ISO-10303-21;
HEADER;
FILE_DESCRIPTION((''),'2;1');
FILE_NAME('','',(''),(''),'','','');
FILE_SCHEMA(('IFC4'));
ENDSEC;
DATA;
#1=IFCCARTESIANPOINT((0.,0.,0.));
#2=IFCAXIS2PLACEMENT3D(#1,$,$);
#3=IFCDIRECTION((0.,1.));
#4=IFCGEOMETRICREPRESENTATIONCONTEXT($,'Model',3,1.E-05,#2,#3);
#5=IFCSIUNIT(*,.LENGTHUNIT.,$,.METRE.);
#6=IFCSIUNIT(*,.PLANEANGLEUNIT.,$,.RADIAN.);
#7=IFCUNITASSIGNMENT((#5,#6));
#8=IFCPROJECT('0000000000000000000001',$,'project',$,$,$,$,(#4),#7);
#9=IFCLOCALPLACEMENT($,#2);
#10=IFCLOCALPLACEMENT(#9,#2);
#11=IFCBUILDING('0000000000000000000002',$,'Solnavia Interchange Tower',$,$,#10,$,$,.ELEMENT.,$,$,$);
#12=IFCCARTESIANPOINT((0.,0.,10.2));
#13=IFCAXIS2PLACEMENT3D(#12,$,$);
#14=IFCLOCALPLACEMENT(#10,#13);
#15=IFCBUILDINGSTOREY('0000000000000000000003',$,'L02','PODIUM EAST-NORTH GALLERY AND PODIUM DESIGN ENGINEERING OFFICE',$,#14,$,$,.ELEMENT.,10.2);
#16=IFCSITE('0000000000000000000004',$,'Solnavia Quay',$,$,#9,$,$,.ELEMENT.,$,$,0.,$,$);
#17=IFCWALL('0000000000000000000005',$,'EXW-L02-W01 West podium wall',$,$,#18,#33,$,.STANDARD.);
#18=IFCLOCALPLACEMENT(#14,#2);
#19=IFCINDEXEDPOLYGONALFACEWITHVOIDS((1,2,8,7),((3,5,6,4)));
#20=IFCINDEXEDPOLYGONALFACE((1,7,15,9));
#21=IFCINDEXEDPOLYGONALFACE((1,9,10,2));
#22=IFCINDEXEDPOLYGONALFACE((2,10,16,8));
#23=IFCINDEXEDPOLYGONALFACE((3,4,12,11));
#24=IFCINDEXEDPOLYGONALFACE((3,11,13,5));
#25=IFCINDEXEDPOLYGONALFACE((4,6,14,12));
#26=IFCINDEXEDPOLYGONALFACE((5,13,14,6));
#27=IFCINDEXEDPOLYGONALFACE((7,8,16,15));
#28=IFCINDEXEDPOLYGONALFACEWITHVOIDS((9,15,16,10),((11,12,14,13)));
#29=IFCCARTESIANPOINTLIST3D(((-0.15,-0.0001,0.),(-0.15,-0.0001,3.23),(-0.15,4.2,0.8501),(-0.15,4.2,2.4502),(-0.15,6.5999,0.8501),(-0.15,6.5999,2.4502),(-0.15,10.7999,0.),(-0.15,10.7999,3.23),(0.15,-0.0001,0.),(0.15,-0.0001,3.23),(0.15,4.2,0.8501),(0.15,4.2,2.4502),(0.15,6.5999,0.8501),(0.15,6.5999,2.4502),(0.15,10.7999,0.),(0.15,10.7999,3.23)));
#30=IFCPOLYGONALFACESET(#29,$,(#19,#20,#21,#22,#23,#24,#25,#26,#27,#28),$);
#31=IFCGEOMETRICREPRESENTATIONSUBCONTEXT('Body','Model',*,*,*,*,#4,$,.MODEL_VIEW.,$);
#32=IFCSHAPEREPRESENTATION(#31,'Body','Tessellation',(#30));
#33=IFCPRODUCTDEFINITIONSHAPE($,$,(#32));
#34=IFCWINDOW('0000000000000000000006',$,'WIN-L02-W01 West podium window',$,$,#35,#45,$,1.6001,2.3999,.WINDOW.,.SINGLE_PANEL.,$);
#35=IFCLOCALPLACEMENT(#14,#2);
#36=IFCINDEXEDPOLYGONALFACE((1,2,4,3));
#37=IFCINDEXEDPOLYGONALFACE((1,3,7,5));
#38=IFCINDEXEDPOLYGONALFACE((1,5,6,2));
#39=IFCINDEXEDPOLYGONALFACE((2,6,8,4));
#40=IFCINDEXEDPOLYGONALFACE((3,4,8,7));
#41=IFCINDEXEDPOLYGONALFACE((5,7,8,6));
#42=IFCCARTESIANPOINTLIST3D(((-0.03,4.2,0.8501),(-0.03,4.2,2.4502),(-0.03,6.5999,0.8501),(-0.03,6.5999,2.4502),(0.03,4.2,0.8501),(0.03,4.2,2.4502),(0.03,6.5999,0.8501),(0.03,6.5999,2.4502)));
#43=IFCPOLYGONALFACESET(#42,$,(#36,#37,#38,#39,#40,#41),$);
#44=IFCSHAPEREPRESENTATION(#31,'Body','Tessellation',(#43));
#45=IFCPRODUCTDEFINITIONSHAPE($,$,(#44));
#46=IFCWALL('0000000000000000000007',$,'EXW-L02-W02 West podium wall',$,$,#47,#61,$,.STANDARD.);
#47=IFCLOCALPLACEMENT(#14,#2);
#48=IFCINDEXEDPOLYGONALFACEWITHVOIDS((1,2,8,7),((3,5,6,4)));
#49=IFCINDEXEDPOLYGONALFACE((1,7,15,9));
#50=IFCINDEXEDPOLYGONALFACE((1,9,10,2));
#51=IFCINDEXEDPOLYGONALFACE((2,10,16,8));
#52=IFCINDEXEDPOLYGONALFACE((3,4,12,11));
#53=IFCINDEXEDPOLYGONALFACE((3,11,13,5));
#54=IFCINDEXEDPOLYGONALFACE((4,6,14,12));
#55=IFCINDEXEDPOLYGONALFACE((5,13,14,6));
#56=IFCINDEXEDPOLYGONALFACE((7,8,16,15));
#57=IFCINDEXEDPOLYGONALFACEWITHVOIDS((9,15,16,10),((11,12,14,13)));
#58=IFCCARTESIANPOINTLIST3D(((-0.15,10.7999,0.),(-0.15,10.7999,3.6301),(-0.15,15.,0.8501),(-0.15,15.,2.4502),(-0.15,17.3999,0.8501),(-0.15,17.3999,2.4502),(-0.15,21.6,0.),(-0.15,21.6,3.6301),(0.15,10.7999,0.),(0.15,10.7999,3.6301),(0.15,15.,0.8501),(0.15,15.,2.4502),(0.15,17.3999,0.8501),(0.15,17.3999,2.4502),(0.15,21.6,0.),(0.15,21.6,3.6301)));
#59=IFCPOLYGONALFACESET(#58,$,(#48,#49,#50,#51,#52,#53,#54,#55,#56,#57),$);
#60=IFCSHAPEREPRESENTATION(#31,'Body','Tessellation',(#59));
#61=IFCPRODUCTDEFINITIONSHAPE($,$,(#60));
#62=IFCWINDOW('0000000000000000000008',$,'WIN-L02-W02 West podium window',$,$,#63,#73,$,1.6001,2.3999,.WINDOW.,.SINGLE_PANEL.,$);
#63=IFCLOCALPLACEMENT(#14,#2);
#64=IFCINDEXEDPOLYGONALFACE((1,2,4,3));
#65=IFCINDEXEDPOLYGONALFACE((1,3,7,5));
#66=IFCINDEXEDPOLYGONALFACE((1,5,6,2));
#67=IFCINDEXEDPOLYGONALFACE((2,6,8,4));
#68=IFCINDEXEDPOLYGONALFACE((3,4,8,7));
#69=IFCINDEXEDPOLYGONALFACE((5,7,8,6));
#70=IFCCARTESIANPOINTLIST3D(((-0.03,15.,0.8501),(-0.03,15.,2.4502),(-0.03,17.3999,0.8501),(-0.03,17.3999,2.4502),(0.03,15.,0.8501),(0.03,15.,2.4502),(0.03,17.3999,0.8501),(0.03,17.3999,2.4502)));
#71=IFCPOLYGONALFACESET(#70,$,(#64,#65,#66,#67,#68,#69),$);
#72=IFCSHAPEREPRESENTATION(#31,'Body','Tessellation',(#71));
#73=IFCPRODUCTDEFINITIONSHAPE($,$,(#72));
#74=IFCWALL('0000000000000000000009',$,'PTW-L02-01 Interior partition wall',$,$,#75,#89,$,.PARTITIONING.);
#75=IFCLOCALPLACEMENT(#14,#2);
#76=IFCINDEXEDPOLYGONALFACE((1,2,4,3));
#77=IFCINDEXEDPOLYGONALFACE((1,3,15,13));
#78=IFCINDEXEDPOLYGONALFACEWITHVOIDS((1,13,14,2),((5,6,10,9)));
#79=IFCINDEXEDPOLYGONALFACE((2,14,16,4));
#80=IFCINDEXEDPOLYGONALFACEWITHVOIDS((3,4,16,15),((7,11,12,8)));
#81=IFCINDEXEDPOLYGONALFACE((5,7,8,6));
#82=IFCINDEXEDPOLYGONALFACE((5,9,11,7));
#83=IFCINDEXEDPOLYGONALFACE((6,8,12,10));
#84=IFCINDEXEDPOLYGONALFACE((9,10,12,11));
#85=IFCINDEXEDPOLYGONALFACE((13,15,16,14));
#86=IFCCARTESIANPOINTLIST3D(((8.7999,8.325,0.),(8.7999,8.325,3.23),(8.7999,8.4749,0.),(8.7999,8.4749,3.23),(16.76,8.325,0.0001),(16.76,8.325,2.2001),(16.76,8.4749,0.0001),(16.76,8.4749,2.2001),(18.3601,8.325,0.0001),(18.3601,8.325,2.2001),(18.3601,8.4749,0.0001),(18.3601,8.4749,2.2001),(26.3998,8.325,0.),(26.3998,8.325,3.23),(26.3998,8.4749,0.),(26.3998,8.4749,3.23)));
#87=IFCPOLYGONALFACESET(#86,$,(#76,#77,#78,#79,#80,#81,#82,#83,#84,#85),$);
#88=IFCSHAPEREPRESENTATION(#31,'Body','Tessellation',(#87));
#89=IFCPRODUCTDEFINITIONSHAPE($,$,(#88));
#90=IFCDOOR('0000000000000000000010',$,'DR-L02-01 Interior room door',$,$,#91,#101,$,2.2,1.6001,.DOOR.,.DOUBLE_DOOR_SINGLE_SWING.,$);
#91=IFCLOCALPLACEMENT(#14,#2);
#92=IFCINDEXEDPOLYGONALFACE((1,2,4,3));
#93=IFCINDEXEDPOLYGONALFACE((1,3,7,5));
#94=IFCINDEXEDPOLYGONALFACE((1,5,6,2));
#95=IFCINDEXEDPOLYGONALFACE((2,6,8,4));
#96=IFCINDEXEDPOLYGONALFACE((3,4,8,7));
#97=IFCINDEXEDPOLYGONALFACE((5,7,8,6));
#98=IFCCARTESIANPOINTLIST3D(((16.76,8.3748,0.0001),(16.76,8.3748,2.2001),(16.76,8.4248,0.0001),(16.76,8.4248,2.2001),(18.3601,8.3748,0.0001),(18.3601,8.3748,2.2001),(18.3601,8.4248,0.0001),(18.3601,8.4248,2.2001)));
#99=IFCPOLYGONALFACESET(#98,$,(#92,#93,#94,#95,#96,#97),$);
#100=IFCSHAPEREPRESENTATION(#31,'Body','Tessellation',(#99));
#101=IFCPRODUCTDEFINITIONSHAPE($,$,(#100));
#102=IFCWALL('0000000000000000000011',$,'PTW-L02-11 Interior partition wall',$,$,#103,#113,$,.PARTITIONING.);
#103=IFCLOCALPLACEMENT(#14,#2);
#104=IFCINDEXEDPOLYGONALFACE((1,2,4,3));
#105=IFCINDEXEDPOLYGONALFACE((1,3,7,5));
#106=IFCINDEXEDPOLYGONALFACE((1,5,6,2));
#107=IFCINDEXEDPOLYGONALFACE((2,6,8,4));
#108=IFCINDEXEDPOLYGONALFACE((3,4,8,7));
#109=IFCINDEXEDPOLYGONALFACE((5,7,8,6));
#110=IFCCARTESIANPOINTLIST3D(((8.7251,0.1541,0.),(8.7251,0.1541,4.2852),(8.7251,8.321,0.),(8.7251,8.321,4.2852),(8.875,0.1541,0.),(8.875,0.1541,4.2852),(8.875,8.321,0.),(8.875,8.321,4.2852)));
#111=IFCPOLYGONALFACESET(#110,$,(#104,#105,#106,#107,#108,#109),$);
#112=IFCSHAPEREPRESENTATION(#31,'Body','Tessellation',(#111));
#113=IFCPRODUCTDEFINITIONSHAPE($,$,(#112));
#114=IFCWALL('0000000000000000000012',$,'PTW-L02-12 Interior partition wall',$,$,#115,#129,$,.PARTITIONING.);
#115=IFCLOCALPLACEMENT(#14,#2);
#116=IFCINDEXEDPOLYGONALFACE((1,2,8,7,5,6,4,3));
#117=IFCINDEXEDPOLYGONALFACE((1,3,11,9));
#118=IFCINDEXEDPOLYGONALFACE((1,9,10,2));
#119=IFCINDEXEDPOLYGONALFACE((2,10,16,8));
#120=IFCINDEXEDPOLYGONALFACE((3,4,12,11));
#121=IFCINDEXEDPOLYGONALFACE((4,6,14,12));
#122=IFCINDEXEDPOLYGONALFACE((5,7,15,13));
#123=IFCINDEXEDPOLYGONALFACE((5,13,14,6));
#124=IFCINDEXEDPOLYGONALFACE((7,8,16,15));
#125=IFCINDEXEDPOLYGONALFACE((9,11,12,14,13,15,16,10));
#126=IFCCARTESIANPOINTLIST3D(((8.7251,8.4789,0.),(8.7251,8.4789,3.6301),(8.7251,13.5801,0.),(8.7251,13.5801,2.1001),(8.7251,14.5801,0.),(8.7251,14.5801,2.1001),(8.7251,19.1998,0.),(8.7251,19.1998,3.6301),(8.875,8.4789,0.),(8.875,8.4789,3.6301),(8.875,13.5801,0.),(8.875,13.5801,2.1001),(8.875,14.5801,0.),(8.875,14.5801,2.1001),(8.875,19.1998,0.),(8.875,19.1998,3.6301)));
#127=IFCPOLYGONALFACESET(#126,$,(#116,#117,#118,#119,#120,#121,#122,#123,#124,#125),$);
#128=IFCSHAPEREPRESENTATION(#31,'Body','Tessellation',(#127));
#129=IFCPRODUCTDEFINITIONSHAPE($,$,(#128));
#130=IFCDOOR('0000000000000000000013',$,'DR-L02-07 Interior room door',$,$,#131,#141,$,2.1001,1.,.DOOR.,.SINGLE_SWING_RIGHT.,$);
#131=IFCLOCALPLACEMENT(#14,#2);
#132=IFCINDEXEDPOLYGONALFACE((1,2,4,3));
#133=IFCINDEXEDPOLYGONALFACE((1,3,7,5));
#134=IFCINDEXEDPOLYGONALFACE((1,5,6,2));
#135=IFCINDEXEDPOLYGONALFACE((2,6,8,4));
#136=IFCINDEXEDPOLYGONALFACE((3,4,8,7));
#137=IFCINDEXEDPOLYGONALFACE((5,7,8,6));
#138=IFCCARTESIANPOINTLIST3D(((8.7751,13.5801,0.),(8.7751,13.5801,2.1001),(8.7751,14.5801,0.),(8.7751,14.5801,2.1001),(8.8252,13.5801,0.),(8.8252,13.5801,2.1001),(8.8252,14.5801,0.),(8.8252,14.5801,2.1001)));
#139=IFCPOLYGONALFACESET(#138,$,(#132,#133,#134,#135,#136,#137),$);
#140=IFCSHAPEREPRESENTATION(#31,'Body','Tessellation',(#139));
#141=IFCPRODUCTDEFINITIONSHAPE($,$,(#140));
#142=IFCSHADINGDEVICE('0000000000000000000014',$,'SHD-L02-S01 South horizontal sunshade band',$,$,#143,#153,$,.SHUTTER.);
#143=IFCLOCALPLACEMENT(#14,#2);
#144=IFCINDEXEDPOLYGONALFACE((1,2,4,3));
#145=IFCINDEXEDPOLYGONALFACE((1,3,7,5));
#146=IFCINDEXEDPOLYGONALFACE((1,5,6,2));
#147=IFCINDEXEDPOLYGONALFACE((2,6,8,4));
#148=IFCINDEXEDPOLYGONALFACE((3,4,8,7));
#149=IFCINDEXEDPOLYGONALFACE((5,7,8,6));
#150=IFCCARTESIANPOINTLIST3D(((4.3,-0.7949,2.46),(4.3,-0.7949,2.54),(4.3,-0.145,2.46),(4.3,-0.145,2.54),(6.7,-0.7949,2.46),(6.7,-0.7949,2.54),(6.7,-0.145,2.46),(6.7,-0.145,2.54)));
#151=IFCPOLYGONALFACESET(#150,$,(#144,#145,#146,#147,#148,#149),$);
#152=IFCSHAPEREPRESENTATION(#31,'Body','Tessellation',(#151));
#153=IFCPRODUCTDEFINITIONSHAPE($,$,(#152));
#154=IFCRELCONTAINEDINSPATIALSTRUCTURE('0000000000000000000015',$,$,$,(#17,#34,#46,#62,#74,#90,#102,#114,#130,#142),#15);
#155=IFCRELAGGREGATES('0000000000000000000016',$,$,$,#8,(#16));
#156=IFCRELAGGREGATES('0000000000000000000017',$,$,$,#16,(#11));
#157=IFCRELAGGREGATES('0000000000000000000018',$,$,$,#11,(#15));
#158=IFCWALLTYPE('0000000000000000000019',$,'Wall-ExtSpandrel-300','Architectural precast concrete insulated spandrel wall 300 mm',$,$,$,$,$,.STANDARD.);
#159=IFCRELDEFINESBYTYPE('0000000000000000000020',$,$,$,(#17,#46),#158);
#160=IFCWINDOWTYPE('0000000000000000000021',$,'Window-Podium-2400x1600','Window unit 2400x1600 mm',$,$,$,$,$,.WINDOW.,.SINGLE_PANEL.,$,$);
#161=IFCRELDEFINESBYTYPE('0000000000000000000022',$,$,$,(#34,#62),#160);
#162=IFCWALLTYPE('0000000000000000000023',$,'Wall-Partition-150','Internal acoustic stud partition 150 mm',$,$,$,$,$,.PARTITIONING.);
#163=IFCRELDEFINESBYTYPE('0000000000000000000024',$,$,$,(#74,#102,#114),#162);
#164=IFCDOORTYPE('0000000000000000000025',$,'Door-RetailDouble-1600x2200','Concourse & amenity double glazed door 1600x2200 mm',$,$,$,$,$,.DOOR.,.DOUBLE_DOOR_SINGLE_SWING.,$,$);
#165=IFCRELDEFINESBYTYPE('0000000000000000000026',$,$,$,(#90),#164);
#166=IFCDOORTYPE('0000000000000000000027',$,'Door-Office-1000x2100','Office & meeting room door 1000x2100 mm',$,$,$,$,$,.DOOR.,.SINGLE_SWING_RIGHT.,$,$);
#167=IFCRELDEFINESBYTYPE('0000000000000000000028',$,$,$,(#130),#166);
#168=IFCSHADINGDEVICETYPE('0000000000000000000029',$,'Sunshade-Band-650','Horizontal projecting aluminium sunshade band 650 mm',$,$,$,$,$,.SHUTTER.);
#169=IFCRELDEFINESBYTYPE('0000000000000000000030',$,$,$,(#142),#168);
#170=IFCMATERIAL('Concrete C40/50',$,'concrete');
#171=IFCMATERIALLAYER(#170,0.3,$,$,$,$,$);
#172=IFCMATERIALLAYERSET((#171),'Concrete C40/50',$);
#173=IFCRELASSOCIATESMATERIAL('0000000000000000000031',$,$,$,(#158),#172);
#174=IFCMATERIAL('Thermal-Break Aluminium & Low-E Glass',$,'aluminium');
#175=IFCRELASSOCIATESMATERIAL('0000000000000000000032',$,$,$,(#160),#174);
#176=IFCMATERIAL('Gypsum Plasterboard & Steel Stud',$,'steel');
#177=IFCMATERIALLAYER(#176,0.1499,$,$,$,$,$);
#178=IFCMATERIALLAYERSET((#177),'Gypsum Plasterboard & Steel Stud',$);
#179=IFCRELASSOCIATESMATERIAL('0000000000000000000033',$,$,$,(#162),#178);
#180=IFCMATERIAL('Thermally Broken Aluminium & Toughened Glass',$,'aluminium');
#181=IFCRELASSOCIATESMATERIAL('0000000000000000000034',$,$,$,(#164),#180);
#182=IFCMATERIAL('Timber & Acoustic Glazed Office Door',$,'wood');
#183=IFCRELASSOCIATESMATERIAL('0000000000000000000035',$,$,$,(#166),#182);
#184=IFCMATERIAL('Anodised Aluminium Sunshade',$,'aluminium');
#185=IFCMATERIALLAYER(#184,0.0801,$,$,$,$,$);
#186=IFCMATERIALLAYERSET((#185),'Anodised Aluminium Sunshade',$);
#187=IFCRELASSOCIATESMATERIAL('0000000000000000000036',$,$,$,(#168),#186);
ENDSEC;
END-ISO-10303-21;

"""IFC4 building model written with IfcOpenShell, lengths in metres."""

from ifc_helpers import new_model, si_unit, direction, frame, frame_2d, origin, origin_2d, place, context, subcontext, project, spatial, rectangle, extrude, material, layer, layer_set, type_object, element, fill, save


model = new_model("IFC4")

# Units and contexts
model_context = context("Model", 3, precision=1e-05, world=origin(), true_north=direction((0.0, 1.0)))
body_context = subcontext(model_context, "Body", "Model", "MODEL_VIEW")
ifc_project = project(units=[si_unit("LENGTHUNIT", "METRE"), si_unit("PLANEANGLEUNIT", "RADIAN")], contexts=[model_context])

# Site, building, storey
site_placement = place(None, origin())
site = spatial("IfcSite", under=ifc_project, at=site_placement, Name="Solnavia Quay", CompositionType="ELEMENT", RefElevation=0.0)
building_placement = place(site_placement, origin())
building = spatial("IfcBuilding", under=site, at=building_placement, Name="Solnavia Interchange Tower", CompositionType="ELEMENT")
storey_placement = place(building_placement, frame((0.0, 0.0, 10.2)))
storey = spatial("IfcBuildingStorey", under=building, at=storey_placement, Name="L02", Description="PODIUM EAST-NORTH GALLERY AND PODIUM DESIGN ENGINEERING OFFICE", CompositionType="ELEMENT", Elevation=10.2)

# Shared definitions
ifc_material_1 = material(Name="Concrete C40/50", Category="concrete")

# Walls, openings, windows
ifc_layer_1 = layer(ifc_material_1, 0.3)
ifc_layer_set_1 = layer_set([ifc_layer_1], Name="Concrete C40/50")
wall_type_1 = type_object("IfcWallType", Name="Wall-ExtSpandrel-300", Description="Architectural precast concrete insulated spandrel wall 300 mm", PredefinedType="STANDARD", material=ifc_layer_set_1)
ifc_material_2 = material(Name="Thermal-Break Aluminium & Low-E Glass", Category="aluminium")
window_type = type_object("IfcWindowType", Name="Window-Podium-2400x1600", Description="Window unit 2400x1600 mm", PartitioningType="SINGLE_PANEL", PredefinedType="WINDOW", material=ifc_material_2)
wall_1_placement = place(storey_placement, frame((0.0, 0.0, 0.0), z_axis=(0.0, 0.0, 1.0), x_axis=(0.0, 1.0, 0.0)))
wall_1 = element("IfcWall", 1, at=wall_1_placement, inside=storey, type_object=wall_type_1, Name="EXW-L02-W01 West podium wall", PredefinedType="STANDARD", context=body_context, shape_type="SweptSolid", body=[
    extrude(rectangle(XDim=10.8, YDim=0.3, at=frame_2d((5.3999, 0.0))), origin(), (0.0, 0.0, 1.0), 3.23),
])
opening_1_placement = place(wall_1_placement, frame((4.2, 0.0, 0.8501)))
opening_1 = element("IfcOpeningElement", 2, at=opening_1_placement, cuts=wall_1, PredefinedType="OPENING", context=body_context, shape_type="SweptSolid", body=[
    extrude(rectangle(XDim=2.3999, YDim=1.6001, at=frame_2d((1.2, 0.8))), frame((0.0, 0.1602, 0.0), z_axis=(0.0, -1.0, 0.0), x_axis=(1.0, 0.0, 0.0)), (0.0, 0.0, 1.0), 0.3201),
])
window_1_placement = place(opening_1_placement, origin())
window_1 = element("IfcWindow", 3, at=window_1_placement, inside=storey, type_object=window_type, Name="WIN-L02-W01 West podium window", OverallHeight=1.6001, OverallWidth=2.3999, PartitioningType="SINGLE_PANEL", PredefinedType="WINDOW", context=body_context, shape_type="SweptSolid", body=[
    extrude(rectangle(XDim=2.3999, YDim=1.6001, at=frame_2d((1.2, 0.8))), frame((0.0, 0.03, 0.0), z_axis=(0.0, -1.0, 0.0), x_axis=(1.0, 0.0, 0.0)), (0.0, 0.0, 1.0), 0.0601),
])
fill(opening_1, window_1)
wall_2_placement = place(storey_placement, frame((0.0, 10.8, 0.0), z_axis=(0.0, 0.0, 1.0), x_axis=(0.0, 1.0, 0.0)))
wall_2 = element("IfcWall", 4, at=wall_2_placement, inside=storey, type_object=wall_type_1, Name="EXW-L02-W02 West podium wall", PredefinedType="STANDARD", context=body_context, shape_type="SweptSolid", body=[
    extrude(rectangle(XDim=10.8, YDim=0.3, at=frame_2d((5.3999, 0.0))), origin(), (0.0, 0.0, 1.0), 3.6301),
])
opening_2_placement = place(wall_2_placement, frame((4.2, 0.0, 0.8501)))
opening_2 = element("IfcOpeningElement", 5, at=opening_2_placement, cuts=wall_2, PredefinedType="OPENING", context=body_context, shape_type="SweptSolid", body=[
    extrude(rectangle(XDim=2.3999, YDim=1.6001, at=frame_2d((1.2, 0.8))), frame((0.0, 0.1602, 0.0), z_axis=(0.0, -1.0, 0.0), x_axis=(1.0, 0.0, 0.0)), (0.0, 0.0, 1.0), 0.3201),
])
window_2_placement = place(opening_2_placement, origin())
window_2 = element("IfcWindow", 6, at=window_2_placement, inside=storey, type_object=window_type, Name="WIN-L02-W02 West podium window", OverallHeight=1.6001, OverallWidth=2.3999, PartitioningType="SINGLE_PANEL", PredefinedType="WINDOW", context=body_context, shape_type="SweptSolid", body=[
    extrude(rectangle(XDim=2.3999, YDim=1.6001, at=frame_2d((1.2, 0.8))), frame((0.0, 0.03, 0.0), z_axis=(0.0, -1.0, 0.0), x_axis=(1.0, 0.0, 0.0)), (0.0, 0.0, 1.0), 0.0601),
])
fill(opening_2, window_2)

# Wall, opening, door
ifc_material_3 = material(Name="Gypsum Plasterboard & Steel Stud", Category="steel")
ifc_layer_2 = layer(ifc_material_3, 0.1499)
ifc_layer_set_2 = layer_set([ifc_layer_2], Name="Gypsum Plasterboard & Steel Stud")
wall_type_2 = type_object("IfcWallType", Name="Wall-Partition-150", Description="Internal acoustic stud partition 150 mm", PredefinedType="PARTITIONING", material=ifc_layer_set_2)
wall_3_placement = place(storey_placement, frame((8.8, 8.3999, 0.0), z_axis=(0.0, 0.0, 1.0), x_axis=(1.0, 0.0, 0.0)))
wall_3 = element("IfcWall", 7, at=wall_3_placement, inside=storey, type_object=wall_type_2, Name="PTW-L02-01 Interior partition wall", PredefinedType="PARTITIONING", context=body_context, shape_type="SweptSolid", body=[
    extrude(rectangle(XDim=17.5999, YDim=0.1499, at=frame_2d((8.7998, 0.0))), origin(), (0.0, 0.0, 1.0), 3.23),
])
opening_3_placement = place(wall_3_placement, frame((7.96, 0.0, 0.0)))
opening_3 = element("IfcOpeningElement", 8, at=opening_3_placement, cuts=wall_3, PredefinedType="OPENING", context=body_context, shape_type="SweptSolid", body=[
    extrude(rectangle(XDim=1.6001, YDim=2.2, at=frame_2d((0.8, 1.1001))), frame((0.0, 0.085, 0.0), z_axis=(0.0, -1.0, 0.0), x_axis=(1.0, 0.0, 0.0)), (0.0, 0.0, 1.0), 0.1699),
])
ifc_material_4 = material(Name="Thermally Broken Aluminium & Toughened Glass", Category="aluminium")
door_type_1 = type_object("IfcDoorType", Name="Door-RetailDouble-1600x2200", Description="Concourse & amenity double glazed door 1600x2200 mm", OperationType="DOUBLE_DOOR_SINGLE_SWING", PredefinedType="DOOR", material=ifc_material_4)
door_1_placement = place(opening_3_placement, origin())
door_1 = element("IfcDoor", 9, at=door_1_placement, inside=storey, type_object=door_type_1, Name="DR-L02-01 Interior room door", OperationType="DOUBLE_DOOR_SINGLE_SWING", OverallHeight=2.2, OverallWidth=1.6001, PredefinedType="DOOR", context=body_context, shape_type="SweptSolid", body=[
    extrude(rectangle(XDim=1.6001, YDim=2.2, at=frame_2d((0.8, 1.1001))), frame((0.0, 0.0249, 0.0), z_axis=(0.0, -1.0, 0.0), x_axis=(1.0, 0.0, 0.0)), (0.0, 0.0, 1.0), 0.05),
])
fill(opening_3, door_1)

# Wall
wall_4_placement = place(storey_placement, frame((8.8, 0.1541, 0.0), z_axis=(0.0, 0.0, 1.0), x_axis=(0.0, 1.0, 0.0)))
element("IfcWall", 10, at=wall_4_placement, inside=storey, type_object=wall_type_2, Name="PTW-L02-11 Interior partition wall", PredefinedType="PARTITIONING", context=body_context, shape_type="SweptSolid", body=[
    extrude(rectangle(XDim=8.167, YDim=0.1499, at=frame_2d((4.0835, 0.0))), origin(), (0.0, 0.0, 1.0), 4.2852),
])

# Wall, opening, door
wall_5_placement = place(storey_placement, frame((8.8, 8.479, 0.0), z_axis=(0.0, 0.0, 1.0), x_axis=(0.0, 1.0, 0.0)))
wall_5 = element("IfcWall", 11, at=wall_5_placement, inside=storey, type_object=wall_type_2, Name="PTW-L02-12 Interior partition wall", PredefinedType="PARTITIONING", context=body_context, shape_type="SweptSolid", body=[
    extrude(rectangle(XDim=10.7209, YDim=0.1499, at=frame_2d((5.3604, 0.0))), origin(), (0.0, 0.0, 1.0), 3.6301),
])
opening_4_placement = place(wall_5_placement, frame((5.1011, 0.0, 0.0)))
opening_4 = element("IfcOpeningElement", 12, at=opening_4_placement, cuts=wall_5, PredefinedType="OPENING", context=body_context, shape_type="SweptSolid", body=[
    extrude(rectangle(XDim=1.0, YDim=2.1001, at=frame_2d((0.5, 1.05))), frame((0.0, 0.085, 0.0), z_axis=(0.0, -1.0, 0.0), x_axis=(1.0, 0.0, 0.0)), (0.0, 0.0, 1.0), 0.1699),
])
ifc_material_5 = material(Name="Timber & Acoustic Glazed Office Door", Category="wood")
door_type_2 = type_object("IfcDoorType", Name="Door-Office-1000x2100", Description="Office & meeting room door 1000x2100 mm", OperationType="SINGLE_SWING_RIGHT", PredefinedType="DOOR", material=ifc_material_5)
door_2_placement = place(opening_4_placement, origin())
door_2 = element("IfcDoor", 13, at=door_2_placement, inside=storey, type_object=door_type_2, Name="DR-L02-07 Interior room door", OperationType="SINGLE_SWING_RIGHT", OverallHeight=2.1001, OverallWidth=1.0, PredefinedType="DOOR", context=body_context, shape_type="SweptSolid", body=[
    extrude(rectangle(XDim=1.0, YDim=2.1001, at=frame_2d((0.5, 1.05))), frame((0.0, 0.0249, 0.0), z_axis=(0.0, -1.0, 0.0), x_axis=(1.0, 0.0, 0.0)), (0.0, 0.0, 1.0), 0.05),
])
fill(opening_4, door_2)

# Shading device
ifc_material_6 = material(Name="Anodised Aluminium Sunshade", Category="aluminium")
ifc_layer_3 = layer(ifc_material_6, 0.0801)
ifc_layer_set_3 = layer_set([ifc_layer_3], Name="Anodised Aluminium Sunshade")
shading_device_type = type_object("IfcShadingDeviceType", Name="Sunshade-Band-650", Description="Horizontal projecting aluminium sunshade band 650 mm", PredefinedType="SHUTTER", material=ifc_layer_set_3)
shading_device_placement = place(storey_placement, frame((5.5, -0.47, 2.46), z_axis=(0.0, 0.0, 1.0), x_axis=(1.0, 0.0, 0.0)))
element("IfcShadingDevice", 14, at=shading_device_placement, inside=storey, type_object=shading_device_type, Name="SHD-L02-S01 South horizontal sunshade band", PredefinedType="SHUTTER", context=body_context, shape_type="SweptSolid", body=[
    extrude(rectangle(XDim=2.3999, YDim=0.6499, at=origin_2d()), origin(), (0.0, 0.0, 1.0), 0.0801),
])

save(model, "model.ifc")
